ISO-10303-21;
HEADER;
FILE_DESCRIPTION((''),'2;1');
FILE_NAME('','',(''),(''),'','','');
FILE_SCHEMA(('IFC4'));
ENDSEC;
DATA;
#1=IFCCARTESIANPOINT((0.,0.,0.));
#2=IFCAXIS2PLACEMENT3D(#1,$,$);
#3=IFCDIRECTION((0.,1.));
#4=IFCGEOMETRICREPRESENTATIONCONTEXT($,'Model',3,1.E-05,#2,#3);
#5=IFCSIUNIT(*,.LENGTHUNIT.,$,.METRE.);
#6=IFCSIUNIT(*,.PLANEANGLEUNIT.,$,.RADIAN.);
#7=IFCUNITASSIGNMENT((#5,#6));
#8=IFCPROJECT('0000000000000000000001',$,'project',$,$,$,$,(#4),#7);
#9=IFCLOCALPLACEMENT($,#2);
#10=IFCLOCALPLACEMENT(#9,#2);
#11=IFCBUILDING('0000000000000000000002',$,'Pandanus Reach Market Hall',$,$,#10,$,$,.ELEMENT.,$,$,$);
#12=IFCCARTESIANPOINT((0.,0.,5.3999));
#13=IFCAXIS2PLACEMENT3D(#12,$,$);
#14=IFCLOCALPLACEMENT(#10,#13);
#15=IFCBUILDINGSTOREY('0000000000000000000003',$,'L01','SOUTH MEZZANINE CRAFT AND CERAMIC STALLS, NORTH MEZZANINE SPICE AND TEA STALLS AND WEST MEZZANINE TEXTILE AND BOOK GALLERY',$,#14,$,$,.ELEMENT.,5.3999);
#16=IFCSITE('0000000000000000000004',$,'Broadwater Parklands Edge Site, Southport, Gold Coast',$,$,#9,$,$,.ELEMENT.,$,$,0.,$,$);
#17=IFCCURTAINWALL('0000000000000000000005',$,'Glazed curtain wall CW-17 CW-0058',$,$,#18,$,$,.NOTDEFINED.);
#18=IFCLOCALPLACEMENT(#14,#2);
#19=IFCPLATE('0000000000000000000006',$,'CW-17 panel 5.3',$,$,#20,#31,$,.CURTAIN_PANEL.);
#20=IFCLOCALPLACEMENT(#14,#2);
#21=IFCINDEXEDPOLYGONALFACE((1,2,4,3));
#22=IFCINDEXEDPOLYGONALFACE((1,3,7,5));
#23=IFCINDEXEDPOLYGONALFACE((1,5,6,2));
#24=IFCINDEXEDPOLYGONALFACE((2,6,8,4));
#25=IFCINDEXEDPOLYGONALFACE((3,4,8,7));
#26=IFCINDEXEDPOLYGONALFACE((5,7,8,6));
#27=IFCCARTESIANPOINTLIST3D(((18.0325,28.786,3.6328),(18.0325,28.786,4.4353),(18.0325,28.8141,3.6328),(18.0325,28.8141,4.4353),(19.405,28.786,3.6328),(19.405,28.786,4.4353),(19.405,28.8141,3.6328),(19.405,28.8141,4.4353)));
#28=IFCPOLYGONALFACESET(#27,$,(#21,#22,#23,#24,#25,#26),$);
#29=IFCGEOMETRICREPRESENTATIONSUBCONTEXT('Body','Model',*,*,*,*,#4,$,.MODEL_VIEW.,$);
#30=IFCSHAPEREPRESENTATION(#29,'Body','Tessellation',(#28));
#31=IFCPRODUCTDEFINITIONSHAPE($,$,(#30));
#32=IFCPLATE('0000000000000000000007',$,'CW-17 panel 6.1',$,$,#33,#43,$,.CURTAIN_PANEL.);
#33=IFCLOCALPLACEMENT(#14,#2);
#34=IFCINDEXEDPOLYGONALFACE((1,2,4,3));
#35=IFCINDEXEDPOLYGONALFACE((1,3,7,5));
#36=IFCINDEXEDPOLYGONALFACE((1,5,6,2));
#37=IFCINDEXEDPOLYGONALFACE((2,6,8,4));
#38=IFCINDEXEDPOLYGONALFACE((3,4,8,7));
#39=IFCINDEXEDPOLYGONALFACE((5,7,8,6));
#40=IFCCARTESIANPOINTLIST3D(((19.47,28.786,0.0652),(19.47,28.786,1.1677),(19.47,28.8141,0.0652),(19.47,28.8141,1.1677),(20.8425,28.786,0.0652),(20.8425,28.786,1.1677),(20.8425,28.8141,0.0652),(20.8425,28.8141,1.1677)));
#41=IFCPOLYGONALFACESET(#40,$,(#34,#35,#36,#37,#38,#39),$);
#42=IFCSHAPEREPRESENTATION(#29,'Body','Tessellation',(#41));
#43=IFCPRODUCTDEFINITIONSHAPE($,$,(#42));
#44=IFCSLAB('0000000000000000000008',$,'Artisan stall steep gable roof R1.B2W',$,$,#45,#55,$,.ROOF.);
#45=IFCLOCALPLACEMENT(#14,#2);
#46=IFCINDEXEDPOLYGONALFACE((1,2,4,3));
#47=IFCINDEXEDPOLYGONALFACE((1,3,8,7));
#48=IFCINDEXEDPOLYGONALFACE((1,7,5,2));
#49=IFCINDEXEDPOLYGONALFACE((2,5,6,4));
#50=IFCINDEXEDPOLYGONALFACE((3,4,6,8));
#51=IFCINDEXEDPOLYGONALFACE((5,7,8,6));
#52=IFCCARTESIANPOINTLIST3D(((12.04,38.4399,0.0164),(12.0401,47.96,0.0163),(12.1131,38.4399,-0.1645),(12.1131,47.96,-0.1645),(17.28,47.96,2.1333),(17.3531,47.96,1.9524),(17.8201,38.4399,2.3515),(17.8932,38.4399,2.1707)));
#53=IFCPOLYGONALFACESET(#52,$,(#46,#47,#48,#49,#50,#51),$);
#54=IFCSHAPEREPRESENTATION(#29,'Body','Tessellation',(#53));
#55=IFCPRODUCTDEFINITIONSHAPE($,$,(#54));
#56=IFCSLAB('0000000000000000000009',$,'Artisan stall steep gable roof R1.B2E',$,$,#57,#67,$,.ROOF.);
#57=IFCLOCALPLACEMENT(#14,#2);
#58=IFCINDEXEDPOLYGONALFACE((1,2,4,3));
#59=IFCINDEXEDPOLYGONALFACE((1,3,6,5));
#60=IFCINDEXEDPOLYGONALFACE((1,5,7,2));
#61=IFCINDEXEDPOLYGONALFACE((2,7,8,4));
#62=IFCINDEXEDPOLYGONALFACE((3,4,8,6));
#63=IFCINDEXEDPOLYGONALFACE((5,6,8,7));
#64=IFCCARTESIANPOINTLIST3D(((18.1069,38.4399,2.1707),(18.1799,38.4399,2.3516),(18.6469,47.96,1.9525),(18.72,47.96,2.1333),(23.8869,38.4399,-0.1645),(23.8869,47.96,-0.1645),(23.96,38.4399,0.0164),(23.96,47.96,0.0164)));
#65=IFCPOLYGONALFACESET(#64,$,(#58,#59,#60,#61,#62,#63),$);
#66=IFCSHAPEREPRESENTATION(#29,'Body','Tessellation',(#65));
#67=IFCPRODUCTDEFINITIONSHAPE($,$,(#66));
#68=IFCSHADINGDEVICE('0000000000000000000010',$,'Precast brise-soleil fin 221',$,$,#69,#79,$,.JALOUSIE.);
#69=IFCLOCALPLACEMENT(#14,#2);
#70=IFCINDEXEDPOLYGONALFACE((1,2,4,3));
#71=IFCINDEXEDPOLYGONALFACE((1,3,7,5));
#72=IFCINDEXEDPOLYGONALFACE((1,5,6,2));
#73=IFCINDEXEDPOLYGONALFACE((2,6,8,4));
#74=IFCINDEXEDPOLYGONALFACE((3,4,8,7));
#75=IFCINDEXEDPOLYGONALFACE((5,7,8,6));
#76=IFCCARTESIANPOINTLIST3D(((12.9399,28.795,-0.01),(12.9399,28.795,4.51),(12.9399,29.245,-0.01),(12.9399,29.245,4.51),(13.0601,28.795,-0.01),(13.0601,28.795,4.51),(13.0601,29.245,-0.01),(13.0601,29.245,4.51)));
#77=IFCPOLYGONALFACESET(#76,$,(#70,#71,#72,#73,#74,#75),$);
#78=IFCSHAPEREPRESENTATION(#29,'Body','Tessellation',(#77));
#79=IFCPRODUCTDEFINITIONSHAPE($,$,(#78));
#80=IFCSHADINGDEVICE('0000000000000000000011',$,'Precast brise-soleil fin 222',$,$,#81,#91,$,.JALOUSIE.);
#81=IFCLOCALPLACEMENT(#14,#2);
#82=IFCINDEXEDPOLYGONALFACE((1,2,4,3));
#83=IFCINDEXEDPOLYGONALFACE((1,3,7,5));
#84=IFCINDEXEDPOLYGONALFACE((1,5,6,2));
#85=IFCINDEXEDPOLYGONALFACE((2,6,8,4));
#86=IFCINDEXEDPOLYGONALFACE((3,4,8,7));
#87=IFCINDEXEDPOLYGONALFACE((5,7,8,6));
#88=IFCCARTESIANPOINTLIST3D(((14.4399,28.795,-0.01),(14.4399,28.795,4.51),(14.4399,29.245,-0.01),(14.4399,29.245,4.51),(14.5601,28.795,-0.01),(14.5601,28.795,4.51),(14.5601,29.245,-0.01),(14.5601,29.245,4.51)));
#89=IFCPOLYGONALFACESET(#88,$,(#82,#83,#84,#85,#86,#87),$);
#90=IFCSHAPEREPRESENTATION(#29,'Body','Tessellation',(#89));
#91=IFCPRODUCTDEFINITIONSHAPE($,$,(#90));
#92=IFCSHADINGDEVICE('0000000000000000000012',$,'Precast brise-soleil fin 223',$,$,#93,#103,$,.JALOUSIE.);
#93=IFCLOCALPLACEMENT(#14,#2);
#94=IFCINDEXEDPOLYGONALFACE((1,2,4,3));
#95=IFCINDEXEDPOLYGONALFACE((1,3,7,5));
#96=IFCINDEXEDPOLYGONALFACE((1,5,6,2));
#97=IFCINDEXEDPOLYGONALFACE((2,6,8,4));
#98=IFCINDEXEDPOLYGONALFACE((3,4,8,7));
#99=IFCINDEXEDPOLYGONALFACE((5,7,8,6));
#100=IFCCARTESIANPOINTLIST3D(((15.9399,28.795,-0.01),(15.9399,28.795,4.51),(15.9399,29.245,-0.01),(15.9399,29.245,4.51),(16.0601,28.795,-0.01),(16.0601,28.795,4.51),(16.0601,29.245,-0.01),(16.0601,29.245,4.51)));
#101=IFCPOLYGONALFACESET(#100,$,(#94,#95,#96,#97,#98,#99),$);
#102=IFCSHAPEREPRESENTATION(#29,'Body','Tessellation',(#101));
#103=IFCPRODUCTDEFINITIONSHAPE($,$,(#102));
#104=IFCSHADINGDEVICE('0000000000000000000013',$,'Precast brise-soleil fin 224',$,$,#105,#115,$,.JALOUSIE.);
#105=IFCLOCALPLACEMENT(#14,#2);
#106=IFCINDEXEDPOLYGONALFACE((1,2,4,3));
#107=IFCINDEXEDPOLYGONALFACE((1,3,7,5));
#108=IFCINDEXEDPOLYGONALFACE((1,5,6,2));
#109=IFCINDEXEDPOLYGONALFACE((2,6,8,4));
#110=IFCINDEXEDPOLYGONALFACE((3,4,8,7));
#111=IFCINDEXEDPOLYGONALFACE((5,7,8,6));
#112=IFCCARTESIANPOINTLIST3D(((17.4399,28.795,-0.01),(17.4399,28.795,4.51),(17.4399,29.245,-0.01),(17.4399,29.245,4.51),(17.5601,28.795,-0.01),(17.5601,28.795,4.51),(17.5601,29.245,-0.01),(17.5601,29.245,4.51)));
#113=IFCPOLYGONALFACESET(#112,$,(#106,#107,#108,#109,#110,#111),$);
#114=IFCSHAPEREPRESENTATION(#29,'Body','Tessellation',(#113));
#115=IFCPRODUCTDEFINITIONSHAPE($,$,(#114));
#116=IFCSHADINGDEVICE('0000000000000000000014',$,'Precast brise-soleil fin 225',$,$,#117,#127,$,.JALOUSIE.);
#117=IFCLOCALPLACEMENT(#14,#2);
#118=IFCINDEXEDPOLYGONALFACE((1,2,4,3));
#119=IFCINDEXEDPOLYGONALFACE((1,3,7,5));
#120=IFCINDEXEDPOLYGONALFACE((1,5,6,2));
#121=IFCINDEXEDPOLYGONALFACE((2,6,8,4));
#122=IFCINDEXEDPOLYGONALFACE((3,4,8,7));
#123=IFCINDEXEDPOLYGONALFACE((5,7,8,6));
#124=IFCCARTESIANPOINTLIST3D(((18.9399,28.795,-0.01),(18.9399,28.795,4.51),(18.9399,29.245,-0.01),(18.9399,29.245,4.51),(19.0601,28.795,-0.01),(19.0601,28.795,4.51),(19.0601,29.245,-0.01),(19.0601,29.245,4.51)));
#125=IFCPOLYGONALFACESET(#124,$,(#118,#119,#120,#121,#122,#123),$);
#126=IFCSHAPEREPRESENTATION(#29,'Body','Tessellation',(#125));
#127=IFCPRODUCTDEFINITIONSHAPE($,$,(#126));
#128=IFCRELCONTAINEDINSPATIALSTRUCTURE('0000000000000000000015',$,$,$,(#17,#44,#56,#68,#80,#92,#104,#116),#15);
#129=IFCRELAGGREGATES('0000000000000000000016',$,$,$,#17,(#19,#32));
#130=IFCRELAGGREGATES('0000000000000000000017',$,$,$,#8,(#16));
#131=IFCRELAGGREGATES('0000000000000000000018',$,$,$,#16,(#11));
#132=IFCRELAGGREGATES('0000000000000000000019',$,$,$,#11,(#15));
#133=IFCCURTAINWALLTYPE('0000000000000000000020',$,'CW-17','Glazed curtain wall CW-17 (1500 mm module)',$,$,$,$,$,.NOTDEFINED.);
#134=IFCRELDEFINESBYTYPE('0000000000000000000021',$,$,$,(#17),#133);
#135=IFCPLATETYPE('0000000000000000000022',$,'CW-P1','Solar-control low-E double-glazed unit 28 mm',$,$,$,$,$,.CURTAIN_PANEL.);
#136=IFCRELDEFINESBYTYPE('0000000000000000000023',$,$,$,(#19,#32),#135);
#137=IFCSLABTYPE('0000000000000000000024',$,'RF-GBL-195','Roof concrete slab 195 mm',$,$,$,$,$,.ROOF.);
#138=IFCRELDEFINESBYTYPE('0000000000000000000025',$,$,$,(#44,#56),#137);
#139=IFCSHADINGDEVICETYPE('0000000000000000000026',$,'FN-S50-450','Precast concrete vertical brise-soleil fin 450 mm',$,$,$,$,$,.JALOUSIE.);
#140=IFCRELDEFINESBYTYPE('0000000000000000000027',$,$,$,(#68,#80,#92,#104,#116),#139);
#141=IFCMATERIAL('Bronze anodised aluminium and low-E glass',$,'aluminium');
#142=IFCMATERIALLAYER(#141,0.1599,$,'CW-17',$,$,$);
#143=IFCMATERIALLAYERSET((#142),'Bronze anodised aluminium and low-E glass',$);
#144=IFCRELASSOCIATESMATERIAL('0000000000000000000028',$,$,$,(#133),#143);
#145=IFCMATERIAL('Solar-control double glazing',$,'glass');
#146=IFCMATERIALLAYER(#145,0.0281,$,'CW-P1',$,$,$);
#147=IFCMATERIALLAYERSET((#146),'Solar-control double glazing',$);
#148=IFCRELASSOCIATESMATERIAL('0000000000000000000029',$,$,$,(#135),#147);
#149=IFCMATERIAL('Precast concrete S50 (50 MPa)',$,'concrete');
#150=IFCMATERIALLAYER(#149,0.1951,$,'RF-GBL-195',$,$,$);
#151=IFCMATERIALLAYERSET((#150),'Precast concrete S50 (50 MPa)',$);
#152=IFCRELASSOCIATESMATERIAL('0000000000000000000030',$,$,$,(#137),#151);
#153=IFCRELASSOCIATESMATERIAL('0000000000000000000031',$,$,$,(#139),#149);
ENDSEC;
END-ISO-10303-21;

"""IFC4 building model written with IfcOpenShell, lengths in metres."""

from ifc_helpers import new_model, si_unit, direction, frame, origin, origin_2d, place, context, subcontext, project, spatial, polyline, rectangle, outline, extrude, material, layer, layer_set, type_object, element, aggregate, save


model = new_model("IFC4")

# Units and contexts
model_context = context("Model", 3, precision=1e-05, world=origin(), true_north=direction((0.0, 1.0)))
body_context = subcontext(model_context, "Body", "Model", "MODEL_VIEW")
ifc_project = project(units=[si_unit("LENGTHUNIT", "METRE"), si_unit("PLANEANGLEUNIT", "RADIAN")], contexts=[model_context])

# Site, building, storey
site_placement = place(None, origin())
site = spatial("IfcSite", under=ifc_project, at=site_placement, Name="Broadwater Parklands Edge Site, Southport, Gold Coast", CompositionType="ELEMENT", RefElevation=0.0)
building_placement = place(site_placement, origin())
building = spatial("IfcBuilding", under=site, at=building_placement, Name="Pandanus Reach Market Hall", CompositionType="ELEMENT")
storey_placement = place(building_placement, frame((0.0, 0.0, 5.3999)))
storey = spatial("IfcBuildingStorey", under=building, at=storey_placement, Name="L01", Description="SOUTH MEZZANINE CRAFT AND CERAMIC STALLS, NORTH MEZZANINE SPICE AND TEA STALLS AND WEST MEZZANINE TEXTILE AND BOOK GALLERY", CompositionType="ELEMENT", Elevation=5.3999)

# Curtain wall, plates
ifc_material_1 = material(Name="Bronze anodised aluminium and low-E glass", Category="aluminium")
ifc_layer_1 = layer(ifc_material_1, 0.1599, Name="CW-17")
ifc_layer_set_1 = layer_set([ifc_layer_1], Name="Bronze anodised aluminium and low-E glass")
curtain_wall_type = type_object("IfcCurtainWallType", Name="CW-17", Description="Glazed curtain wall CW-17 (1500 mm module)", PredefinedType="NOTDEFINED", material=ifc_layer_set_1)
curtain_wall_placement = place(storey_placement, origin())
curtain_wall = element("IfcCurtainWall", 1, at=curtain_wall_placement, inside=storey, type_object=curtain_wall_type, Name="Glazed curtain wall CW-17 CW-0058", PredefinedType="NOTDEFINED")
ifc_material_2 = material(Name="Solar-control double glazing", Category="glass")
ifc_layer_2 = layer(ifc_material_2, 0.0281, Name="CW-P1")
ifc_layer_set_2 = layer_set([ifc_layer_2], Name="Solar-control double glazing")
plate_type = type_object("IfcPlateType", Name="CW-P1", Description="Solar-control low-E double-glazed unit 28 mm", PredefinedType="CURTAIN_PANEL", material=ifc_layer_set_2)
plate_1_placement = place(storey_placement, frame((18.7188, 28.8, 3.6328), z_axis=(0.0, 0.0, 1.0), x_axis=(1.0, 0.0, 0.0)))
plate_1 = element("IfcPlate", 2, at=plate_1_placement, type_object=plate_type, Name="CW-17 panel 5.3", PredefinedType="CURTAIN_PANEL", context=body_context, shape_type="SweptSolid", body=[
    extrude(rectangle(XDim=1.3726, YDim=0.0281, at=origin_2d()), origin(), (0.0, 0.0, 1.0), 0.8025),
])
plate_2_placement = place(storey_placement, frame((20.1562, 28.8, 0.0652), z_axis=(0.0, 0.0, 1.0), x_axis=(1.0, 0.0, 0.0)))
plate_2 = element("IfcPlate", 3, at=plate_2_placement, type_object=plate_type, Name="CW-17 panel 6.1", PredefinedType="CURTAIN_PANEL", context=body_context, shape_type="SweptSolid", body=[
    extrude(rectangle(XDim=1.3726, YDim=0.0281, at=origin_2d()), origin(), (0.0, 0.0, 1.0), 1.1025),
])
aggregate(curtain_wall, [plate_1, plate_2])

# Slabs
ifc_material_3 = material(Name="Precast concrete S50 (50 MPa)", Category="concrete")
ifc_layer_3 = layer(ifc_material_3, 0.1951, Name="RF-GBL-195")
ifc_layer_set_3 = layer_set([ifc_layer_3], Name="Precast concrete S50 (50 MPa)")
slab_type = type_object("IfcSlabType", Name="RF-GBL-195", Description="Roof concrete slab 195 mm", PredefinedType="ROOF", material=ifc_layer_set_3)
slab_1_placement = place(storey_placement, frame((12.04, 38.4399, 0.0164), z_axis=(-0.37459, 0.000004, 0.927191), x_axis=(0.927191, 0.0, 0.37459)))
element("IfcSlab", 4, at=slab_1_placement, inside=storey, type_object=slab_type, Name="Artisan stall steep gable roof R1.B2W", PredefinedType="ROOF", context=body_context, shape_type="SweptSolid", body=[
    extrude(outline(polyline([(0.0, 0.0), (6.2339, 0.0), (5.6515, 9.52), (0.0, 9.52), (0.0, 0.0)])), origin(), (0.0, 0.0, -1.0), 0.1951),
])
slab_2_placement = place(storey_placement, frame((18.1799, 38.4399, 2.3516), z_axis=(0.37459, 0.000004, 0.927191), x_axis=(0.927191, 0.0, -0.37459)))
element("IfcSlab", 5, at=slab_2_placement, inside=storey, type_object=slab_type, Name="Artisan stall steep gable roof R1.B2E", PredefinedType="ROOF", context=body_context, shape_type="SweptSolid", body=[
    extrude(outline(polyline([(0.0, 0.0), (6.2339, 0.0), (6.2339, 9.52), (0.5825, 9.52), (0.0, 0.0)])), origin(), (0.0, 0.0, -1.0), 0.1951),
])

# Shading devices
shading_device_type = type_object("IfcShadingDeviceType", Name="FN-S50-450", Description="Precast concrete vertical brise-soleil fin 450 mm", PredefinedType="JALOUSIE", material=ifc_material_3)
for number, where, z_axis, x_axis, name in (
    (6, (13.0, 29.02, -0.01), (0.0, 0.0, 1.0), (0.0, 1.0, 0.0), "Precast brise-soleil fin 221"),
    (7, (14.5, 29.02, -0.01), (0.0, 0.0, 1.0), (0.0, 1.0, 0.0), "Precast brise-soleil fin 222"),
    (8, (16.0, 29.02, -0.01), (0.0, 0.0, 1.0), (0.0, 1.0, 0.0), "Precast brise-soleil fin 223"),
    (9, (17.5, 29.02, -0.01), (0.0, 0.0, 1.0), (0.0, 1.0, 0.0), "Precast brise-soleil fin 224"),
    (10, (19.0, 29.02, -0.01), (0.0, 0.0, 1.0), (0.0, 1.0, 0.0), "Precast brise-soleil fin 225"),
):
    element("IfcShadingDevice", number, at=place(storey_placement, frame(where, z_axis=z_axis, x_axis=x_axis)), inside=storey, type_object=shading_device_type, Name=name, PredefinedType="JALOUSIE", context=body_context, shape_type="SweptSolid", body=[
        extrude(rectangle(XDim=0.45, YDim=0.1201, at=origin_2d()), origin(), (0.0, 0.0, 1.0), 4.52),
    ])

save(model, "model.ifc")
